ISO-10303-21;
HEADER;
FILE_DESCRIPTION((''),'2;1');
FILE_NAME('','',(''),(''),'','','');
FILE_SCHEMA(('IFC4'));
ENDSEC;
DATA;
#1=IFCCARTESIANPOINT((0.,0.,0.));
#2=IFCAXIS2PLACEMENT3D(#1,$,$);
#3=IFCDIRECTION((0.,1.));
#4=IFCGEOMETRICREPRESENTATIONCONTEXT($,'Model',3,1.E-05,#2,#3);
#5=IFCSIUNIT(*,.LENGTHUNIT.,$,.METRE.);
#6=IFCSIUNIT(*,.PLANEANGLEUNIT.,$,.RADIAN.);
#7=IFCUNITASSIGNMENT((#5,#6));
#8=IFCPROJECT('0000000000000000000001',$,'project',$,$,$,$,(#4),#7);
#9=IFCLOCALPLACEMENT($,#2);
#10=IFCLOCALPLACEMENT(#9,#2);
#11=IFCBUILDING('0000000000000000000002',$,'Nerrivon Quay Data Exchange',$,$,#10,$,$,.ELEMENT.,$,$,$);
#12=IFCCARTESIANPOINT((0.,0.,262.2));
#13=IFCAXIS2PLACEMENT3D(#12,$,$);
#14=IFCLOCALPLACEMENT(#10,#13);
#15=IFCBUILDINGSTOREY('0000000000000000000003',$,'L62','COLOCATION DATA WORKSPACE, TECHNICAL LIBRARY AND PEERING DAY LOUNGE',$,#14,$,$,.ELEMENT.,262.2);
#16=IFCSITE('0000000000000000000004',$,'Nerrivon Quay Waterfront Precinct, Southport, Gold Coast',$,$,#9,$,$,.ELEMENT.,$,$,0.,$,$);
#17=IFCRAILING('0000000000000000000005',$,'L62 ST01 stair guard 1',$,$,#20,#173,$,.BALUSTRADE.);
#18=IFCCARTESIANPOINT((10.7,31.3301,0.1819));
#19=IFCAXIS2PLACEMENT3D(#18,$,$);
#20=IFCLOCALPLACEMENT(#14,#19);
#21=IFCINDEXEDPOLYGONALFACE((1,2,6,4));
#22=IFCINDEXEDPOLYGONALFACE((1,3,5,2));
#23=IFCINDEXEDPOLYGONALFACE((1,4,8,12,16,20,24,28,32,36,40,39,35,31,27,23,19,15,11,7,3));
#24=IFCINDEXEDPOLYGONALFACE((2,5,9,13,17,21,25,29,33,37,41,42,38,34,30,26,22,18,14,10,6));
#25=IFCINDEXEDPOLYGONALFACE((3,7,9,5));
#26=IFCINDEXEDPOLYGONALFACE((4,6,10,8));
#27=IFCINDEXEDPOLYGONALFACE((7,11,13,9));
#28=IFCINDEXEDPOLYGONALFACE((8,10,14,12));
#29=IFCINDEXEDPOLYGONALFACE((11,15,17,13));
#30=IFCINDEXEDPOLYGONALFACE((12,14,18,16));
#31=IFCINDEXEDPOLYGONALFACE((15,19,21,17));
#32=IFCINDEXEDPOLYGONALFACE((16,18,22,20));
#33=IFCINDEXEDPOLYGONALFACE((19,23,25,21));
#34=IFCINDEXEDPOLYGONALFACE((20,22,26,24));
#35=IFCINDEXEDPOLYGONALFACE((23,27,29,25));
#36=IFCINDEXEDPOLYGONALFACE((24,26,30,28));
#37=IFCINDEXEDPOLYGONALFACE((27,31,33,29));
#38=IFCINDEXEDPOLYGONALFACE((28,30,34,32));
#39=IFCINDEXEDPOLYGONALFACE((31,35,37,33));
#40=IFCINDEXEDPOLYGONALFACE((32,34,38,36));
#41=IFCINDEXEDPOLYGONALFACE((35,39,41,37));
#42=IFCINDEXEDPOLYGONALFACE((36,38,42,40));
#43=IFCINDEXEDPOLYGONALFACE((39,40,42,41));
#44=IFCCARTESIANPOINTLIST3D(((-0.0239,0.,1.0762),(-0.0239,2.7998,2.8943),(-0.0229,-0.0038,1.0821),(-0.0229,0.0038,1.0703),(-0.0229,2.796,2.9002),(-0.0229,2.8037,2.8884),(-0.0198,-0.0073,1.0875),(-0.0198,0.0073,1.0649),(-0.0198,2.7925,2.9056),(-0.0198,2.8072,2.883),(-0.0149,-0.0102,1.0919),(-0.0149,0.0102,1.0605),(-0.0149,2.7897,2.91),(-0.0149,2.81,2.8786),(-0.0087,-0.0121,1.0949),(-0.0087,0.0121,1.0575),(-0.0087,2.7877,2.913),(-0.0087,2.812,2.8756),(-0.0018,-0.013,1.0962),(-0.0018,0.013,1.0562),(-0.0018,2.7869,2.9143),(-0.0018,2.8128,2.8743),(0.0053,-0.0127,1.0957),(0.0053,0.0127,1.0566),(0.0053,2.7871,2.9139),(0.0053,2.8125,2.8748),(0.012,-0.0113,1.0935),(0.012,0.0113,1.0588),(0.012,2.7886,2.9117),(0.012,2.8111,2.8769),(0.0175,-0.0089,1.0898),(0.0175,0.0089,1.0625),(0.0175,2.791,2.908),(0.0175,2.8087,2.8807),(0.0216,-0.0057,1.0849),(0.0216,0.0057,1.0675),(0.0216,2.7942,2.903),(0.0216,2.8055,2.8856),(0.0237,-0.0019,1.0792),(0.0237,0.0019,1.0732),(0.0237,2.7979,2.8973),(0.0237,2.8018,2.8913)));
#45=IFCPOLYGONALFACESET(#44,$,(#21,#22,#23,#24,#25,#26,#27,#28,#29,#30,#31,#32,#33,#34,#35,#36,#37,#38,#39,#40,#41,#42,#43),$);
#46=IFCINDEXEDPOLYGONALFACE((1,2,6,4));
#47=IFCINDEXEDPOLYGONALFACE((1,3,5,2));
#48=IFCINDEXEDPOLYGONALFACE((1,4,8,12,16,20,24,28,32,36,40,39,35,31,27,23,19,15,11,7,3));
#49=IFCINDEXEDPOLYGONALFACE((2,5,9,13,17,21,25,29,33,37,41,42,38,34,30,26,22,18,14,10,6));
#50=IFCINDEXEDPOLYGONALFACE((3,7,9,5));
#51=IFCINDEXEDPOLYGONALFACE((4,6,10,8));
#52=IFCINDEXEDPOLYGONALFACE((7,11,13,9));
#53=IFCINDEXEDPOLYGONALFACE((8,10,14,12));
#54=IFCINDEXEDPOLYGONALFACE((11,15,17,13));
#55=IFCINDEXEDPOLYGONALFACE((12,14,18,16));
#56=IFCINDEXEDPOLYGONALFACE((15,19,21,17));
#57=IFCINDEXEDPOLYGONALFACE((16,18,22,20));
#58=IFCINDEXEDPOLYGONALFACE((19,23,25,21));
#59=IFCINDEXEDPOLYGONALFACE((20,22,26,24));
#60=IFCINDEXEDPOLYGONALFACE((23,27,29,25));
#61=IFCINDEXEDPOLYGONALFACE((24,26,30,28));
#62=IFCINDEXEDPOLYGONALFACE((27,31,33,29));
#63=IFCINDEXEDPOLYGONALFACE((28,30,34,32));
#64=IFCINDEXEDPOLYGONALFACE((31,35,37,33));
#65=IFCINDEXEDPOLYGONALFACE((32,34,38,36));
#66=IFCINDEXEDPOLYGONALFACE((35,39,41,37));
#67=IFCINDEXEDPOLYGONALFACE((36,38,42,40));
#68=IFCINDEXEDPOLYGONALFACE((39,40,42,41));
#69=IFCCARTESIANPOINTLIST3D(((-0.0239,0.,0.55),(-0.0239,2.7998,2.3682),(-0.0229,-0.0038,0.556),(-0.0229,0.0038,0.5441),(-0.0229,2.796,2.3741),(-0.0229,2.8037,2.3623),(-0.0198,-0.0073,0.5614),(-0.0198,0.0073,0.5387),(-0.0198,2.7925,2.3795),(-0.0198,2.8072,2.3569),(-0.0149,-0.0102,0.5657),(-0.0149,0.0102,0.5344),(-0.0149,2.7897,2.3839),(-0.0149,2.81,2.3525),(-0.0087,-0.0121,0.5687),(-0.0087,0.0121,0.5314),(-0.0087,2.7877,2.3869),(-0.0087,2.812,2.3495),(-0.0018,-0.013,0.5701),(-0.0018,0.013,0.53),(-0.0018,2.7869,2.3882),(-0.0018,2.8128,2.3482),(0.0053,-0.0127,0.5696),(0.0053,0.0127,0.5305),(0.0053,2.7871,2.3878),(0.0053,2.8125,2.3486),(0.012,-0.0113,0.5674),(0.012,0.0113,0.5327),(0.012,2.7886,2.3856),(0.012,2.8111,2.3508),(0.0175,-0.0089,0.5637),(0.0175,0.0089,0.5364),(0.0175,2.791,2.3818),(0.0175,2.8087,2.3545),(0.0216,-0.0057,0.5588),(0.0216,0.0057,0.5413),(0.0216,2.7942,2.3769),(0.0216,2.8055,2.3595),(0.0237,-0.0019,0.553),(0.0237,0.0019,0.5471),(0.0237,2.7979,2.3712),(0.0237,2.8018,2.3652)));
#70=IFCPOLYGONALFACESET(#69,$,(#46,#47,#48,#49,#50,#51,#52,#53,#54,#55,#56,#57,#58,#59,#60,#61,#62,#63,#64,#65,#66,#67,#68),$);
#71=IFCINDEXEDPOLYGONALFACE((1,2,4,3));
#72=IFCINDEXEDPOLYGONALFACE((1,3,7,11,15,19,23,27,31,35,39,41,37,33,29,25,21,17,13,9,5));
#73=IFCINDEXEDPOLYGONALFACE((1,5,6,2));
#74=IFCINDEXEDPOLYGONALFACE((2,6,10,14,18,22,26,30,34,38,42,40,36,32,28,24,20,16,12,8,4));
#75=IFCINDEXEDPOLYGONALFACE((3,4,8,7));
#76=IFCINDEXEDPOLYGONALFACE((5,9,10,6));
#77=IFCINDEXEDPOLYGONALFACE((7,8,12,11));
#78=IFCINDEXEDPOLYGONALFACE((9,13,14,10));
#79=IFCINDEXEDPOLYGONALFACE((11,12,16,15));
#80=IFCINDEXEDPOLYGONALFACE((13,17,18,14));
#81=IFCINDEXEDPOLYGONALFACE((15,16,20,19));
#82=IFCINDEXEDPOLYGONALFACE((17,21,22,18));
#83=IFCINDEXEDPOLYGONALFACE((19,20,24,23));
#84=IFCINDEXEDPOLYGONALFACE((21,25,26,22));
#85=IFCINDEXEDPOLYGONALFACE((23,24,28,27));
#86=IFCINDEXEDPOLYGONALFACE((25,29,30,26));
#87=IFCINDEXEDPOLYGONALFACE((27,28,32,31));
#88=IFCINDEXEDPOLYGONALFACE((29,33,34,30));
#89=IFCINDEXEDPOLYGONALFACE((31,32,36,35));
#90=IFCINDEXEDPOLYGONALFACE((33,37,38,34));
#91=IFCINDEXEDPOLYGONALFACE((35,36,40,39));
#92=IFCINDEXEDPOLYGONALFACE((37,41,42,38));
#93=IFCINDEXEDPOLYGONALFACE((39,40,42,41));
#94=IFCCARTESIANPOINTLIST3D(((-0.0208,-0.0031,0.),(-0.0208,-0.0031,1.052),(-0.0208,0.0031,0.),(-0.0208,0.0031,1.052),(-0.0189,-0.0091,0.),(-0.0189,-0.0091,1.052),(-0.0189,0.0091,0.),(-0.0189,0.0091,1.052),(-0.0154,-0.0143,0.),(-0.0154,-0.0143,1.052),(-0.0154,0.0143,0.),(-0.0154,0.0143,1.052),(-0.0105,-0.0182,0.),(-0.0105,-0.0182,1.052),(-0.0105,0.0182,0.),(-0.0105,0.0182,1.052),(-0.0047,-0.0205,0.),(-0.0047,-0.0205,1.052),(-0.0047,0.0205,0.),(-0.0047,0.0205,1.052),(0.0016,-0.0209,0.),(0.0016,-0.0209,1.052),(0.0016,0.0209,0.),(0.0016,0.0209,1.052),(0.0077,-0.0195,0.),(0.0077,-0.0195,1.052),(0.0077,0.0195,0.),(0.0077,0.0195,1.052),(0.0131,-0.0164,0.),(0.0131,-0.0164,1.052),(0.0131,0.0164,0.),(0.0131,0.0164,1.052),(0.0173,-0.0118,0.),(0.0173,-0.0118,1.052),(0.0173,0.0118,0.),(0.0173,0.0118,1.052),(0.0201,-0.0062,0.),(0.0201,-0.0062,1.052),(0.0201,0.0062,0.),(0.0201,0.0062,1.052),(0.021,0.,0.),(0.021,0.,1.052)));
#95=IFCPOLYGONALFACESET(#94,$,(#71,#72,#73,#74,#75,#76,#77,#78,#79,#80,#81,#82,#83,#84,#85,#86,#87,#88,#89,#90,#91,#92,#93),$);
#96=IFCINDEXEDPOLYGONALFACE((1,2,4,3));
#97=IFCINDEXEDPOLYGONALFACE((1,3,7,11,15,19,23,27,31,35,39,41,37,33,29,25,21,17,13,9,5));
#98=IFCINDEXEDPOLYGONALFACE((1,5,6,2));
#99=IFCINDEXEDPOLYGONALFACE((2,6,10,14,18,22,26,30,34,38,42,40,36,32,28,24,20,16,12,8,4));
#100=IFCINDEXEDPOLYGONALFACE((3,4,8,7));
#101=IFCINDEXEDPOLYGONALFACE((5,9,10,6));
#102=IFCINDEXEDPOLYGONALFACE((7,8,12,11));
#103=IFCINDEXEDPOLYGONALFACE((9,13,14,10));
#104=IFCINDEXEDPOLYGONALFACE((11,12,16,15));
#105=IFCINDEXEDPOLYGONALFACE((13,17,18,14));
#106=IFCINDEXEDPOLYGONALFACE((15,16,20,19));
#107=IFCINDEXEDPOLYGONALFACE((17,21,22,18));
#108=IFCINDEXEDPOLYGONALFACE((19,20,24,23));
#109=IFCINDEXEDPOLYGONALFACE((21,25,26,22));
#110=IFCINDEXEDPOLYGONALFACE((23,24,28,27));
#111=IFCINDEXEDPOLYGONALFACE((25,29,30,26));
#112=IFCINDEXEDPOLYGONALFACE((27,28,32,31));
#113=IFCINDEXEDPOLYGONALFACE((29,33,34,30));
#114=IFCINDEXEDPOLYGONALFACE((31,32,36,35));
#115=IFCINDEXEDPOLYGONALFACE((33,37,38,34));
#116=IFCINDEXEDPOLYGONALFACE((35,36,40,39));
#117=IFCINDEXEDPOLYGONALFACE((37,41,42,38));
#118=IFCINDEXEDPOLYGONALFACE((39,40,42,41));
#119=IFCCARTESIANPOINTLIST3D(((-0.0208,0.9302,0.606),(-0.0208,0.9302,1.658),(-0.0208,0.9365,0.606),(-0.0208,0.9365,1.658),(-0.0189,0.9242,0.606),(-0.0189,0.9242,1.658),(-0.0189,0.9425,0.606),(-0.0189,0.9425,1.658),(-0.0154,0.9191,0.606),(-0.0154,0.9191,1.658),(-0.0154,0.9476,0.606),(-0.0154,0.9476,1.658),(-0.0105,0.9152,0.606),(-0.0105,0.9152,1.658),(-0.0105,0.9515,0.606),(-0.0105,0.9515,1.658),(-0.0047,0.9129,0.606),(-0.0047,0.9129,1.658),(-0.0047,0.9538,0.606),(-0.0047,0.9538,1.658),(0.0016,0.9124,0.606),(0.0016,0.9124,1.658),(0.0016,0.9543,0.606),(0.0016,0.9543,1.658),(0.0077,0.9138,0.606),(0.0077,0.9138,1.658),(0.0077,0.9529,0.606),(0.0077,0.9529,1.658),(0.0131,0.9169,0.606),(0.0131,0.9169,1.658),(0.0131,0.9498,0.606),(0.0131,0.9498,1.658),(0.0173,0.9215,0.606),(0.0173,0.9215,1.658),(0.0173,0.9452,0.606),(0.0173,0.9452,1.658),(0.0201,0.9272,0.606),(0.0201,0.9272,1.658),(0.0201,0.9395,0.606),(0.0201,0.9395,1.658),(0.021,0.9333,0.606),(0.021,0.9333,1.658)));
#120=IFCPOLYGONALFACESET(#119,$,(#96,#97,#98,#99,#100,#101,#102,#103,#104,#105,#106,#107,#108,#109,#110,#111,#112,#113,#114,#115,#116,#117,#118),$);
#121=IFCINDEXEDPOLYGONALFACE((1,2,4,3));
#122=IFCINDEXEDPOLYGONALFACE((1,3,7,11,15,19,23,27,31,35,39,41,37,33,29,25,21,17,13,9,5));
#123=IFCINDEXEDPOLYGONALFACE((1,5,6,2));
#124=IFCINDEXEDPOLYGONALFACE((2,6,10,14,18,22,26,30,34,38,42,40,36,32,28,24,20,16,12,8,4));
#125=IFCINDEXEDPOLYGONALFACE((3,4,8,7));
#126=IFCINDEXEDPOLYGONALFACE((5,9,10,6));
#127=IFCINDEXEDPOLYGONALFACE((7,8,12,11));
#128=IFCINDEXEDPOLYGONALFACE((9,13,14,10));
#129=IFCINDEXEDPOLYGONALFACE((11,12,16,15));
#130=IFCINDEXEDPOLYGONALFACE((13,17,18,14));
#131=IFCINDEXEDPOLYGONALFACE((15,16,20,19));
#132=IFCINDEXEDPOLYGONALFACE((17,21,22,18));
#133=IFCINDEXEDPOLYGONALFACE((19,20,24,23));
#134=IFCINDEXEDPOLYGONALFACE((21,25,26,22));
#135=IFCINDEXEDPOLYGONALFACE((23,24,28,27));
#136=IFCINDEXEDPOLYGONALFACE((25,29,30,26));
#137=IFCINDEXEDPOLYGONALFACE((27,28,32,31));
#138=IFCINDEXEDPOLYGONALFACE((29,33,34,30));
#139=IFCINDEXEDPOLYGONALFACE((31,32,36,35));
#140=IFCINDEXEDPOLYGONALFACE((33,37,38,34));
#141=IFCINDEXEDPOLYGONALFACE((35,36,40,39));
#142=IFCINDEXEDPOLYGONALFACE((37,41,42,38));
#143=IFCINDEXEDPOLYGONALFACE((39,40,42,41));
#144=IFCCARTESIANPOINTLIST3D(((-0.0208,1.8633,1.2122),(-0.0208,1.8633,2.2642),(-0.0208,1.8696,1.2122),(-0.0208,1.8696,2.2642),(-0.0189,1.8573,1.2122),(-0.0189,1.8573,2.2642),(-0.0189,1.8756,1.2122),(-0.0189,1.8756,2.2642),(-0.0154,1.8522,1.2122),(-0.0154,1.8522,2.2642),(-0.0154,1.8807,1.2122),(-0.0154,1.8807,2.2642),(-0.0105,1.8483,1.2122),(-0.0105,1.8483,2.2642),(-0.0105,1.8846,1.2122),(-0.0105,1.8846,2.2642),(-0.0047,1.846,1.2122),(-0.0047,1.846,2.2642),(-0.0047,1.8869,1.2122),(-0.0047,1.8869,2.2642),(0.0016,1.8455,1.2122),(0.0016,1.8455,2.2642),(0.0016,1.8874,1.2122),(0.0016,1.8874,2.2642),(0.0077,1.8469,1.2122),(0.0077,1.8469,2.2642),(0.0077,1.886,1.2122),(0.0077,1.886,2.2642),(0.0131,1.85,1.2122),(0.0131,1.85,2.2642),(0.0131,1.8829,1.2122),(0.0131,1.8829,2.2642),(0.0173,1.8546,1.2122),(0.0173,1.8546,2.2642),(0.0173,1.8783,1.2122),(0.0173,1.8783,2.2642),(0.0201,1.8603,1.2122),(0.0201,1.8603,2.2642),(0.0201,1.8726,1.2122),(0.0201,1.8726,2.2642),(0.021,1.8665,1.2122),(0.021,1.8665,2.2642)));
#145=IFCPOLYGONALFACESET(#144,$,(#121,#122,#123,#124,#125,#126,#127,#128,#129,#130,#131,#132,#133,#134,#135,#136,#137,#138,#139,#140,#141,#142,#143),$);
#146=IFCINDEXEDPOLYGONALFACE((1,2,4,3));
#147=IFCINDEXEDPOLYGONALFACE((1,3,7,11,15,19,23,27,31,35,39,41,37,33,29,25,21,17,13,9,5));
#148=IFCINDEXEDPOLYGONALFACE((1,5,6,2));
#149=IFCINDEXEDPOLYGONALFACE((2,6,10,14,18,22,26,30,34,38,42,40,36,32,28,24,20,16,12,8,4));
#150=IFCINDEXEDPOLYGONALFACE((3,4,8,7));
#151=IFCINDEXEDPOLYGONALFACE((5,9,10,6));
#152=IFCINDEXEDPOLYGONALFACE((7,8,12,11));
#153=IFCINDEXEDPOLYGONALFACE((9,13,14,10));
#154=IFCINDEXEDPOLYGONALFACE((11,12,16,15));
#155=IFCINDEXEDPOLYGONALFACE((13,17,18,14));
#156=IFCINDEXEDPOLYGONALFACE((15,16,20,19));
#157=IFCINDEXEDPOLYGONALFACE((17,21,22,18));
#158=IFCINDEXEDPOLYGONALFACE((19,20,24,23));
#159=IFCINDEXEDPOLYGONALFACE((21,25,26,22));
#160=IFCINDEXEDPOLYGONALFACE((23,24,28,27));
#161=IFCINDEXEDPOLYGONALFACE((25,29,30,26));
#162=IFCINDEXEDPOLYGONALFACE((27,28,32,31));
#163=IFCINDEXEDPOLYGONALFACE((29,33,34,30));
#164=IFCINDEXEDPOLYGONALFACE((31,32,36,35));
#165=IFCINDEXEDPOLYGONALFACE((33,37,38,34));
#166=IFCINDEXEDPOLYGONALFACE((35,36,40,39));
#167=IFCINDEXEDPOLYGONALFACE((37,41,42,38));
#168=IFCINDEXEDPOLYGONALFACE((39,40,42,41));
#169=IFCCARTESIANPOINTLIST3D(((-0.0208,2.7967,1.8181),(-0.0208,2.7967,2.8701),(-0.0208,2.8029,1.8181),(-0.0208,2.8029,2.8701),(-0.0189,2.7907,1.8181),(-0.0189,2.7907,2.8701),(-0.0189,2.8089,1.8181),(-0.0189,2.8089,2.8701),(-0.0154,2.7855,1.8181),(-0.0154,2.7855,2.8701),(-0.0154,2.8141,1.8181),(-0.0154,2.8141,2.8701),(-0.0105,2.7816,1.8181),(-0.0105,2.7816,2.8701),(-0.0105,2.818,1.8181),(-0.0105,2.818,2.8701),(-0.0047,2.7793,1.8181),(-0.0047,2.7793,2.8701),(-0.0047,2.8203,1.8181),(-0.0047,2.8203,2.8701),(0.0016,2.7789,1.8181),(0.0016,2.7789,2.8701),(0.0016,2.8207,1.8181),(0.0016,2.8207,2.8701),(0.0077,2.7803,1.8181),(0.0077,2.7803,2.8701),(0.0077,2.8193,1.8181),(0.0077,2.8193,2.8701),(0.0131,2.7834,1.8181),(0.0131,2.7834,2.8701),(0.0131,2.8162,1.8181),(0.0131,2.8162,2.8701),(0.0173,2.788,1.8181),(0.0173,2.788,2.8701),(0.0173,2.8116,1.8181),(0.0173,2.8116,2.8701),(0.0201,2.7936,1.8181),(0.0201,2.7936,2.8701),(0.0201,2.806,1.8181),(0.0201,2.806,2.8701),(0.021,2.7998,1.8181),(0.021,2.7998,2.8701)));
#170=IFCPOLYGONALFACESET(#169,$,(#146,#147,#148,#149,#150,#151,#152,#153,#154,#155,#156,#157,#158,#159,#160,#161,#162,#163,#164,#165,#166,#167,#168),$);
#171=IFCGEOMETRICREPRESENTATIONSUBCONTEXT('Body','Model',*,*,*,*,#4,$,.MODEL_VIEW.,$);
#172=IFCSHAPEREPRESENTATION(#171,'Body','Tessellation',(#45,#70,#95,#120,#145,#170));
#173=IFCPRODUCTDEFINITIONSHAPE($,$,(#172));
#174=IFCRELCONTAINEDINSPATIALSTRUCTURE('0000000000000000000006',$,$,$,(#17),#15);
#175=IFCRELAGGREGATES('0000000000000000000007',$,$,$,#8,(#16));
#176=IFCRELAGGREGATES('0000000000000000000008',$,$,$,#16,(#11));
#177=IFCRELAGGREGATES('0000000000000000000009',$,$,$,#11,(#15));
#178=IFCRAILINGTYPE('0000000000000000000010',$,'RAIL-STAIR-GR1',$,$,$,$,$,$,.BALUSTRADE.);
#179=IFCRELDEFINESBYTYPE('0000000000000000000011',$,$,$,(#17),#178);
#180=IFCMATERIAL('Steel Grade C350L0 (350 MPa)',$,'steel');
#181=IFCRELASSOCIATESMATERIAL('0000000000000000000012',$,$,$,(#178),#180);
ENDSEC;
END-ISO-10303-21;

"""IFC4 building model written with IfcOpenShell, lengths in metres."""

from ifc_helpers import new_model, si_unit, direction, frame, origin, origin_2d, place, context, subcontext, project, spatial, circle, extrude, material, type_object, element, save


model = new_model("IFC4")

# Units and contexts
model_context = context("Model", 3, precision=1e-05, world=origin(), true_north=direction((0.0, 1.0)))
body_context = subcontext(model_context, "Body", "Model", "MODEL_VIEW")
ifc_project = project(units=[si_unit("LENGTHUNIT", "METRE"), si_unit("PLANEANGLEUNIT", "RADIAN")], contexts=[model_context])

# Site, building, storey
site_placement = place(None, origin())
site = spatial("IfcSite", under=ifc_project, at=site_placement, Name="Nerrivon Quay Waterfront Precinct, Southport, Gold Coast", CompositionType="ELEMENT", RefElevation=0.0)
building_placement = place(site_placement, origin())
building = spatial("IfcBuilding", under=site, at=building_placement, Name="Nerrivon Quay Data Exchange", CompositionType="ELEMENT")
storey_placement = place(building_placement, frame((0.0, 0.0, 262.2)))
storey = spatial("IfcBuildingStorey", under=building, at=storey_placement, Name="L62", Description="COLOCATION DATA WORKSPACE, TECHNICAL LIBRARY AND PEERING DAY LOUNGE", CompositionType="ELEMENT", Elevation=262.2)

# Railing
ifc_material_1 = material(Name="Steel Grade C350L0 (350 MPa)", Category="steel")
railing_type_1 = type_object("IfcRailingType", Name="RAIL-STAIR-GR1", PredefinedType="BALUSTRADE", material=ifc_material_1)
railing_1_placement = place(storey_placement, frame((10.7, 31.3301, 0.1819)))
element("IfcRailing", 1, at=railing_1_placement, inside=storey, type_object=railing_type_1, Name="L62 ST01 stair guard 1", PredefinedType="BALUSTRADE", context=body_context, shape_type="SweptSolid", body=[
    extrude(circle(Radius=0.0239, at=origin_2d()), frame((0.0, 0.0, 1.0762), z_axis=(0.0, 0.838684, 0.544618), x_axis=(-1.0, 0.0, 0.0)), (0.0, 0.0, 1.0), 3.3384),
    extrude(circle(Radius=0.0239, at=origin_2d()), frame((0.0, 0.0, 0.55), z_axis=(0.0, 0.838684, 0.544618), x_axis=(-1.0, 0.0, 0.0)), (0.0, 0.0, 1.0), 3.3384),
    extrude(circle(Radius=0.021, at=origin_2d()), origin(), (0.0, 0.0, 1.0), 1.052),
    extrude(circle(Radius=0.021, at=origin_2d()), frame((0.0, 0.9333, 0.606)), (0.0, 0.0, 1.0), 1.052),
    extrude(circle(Radius=0.021, at=origin_2d()), frame((0.0, 1.8665, 1.2122)), (0.0, 0.0, 1.0), 1.052),
    extrude(circle(Radius=0.021, at=origin_2d()), frame((0.0, 2.7998, 1.8181)), (0.0, 0.0, 1.0), 1.052),
])

save(model, "model.ifc")
